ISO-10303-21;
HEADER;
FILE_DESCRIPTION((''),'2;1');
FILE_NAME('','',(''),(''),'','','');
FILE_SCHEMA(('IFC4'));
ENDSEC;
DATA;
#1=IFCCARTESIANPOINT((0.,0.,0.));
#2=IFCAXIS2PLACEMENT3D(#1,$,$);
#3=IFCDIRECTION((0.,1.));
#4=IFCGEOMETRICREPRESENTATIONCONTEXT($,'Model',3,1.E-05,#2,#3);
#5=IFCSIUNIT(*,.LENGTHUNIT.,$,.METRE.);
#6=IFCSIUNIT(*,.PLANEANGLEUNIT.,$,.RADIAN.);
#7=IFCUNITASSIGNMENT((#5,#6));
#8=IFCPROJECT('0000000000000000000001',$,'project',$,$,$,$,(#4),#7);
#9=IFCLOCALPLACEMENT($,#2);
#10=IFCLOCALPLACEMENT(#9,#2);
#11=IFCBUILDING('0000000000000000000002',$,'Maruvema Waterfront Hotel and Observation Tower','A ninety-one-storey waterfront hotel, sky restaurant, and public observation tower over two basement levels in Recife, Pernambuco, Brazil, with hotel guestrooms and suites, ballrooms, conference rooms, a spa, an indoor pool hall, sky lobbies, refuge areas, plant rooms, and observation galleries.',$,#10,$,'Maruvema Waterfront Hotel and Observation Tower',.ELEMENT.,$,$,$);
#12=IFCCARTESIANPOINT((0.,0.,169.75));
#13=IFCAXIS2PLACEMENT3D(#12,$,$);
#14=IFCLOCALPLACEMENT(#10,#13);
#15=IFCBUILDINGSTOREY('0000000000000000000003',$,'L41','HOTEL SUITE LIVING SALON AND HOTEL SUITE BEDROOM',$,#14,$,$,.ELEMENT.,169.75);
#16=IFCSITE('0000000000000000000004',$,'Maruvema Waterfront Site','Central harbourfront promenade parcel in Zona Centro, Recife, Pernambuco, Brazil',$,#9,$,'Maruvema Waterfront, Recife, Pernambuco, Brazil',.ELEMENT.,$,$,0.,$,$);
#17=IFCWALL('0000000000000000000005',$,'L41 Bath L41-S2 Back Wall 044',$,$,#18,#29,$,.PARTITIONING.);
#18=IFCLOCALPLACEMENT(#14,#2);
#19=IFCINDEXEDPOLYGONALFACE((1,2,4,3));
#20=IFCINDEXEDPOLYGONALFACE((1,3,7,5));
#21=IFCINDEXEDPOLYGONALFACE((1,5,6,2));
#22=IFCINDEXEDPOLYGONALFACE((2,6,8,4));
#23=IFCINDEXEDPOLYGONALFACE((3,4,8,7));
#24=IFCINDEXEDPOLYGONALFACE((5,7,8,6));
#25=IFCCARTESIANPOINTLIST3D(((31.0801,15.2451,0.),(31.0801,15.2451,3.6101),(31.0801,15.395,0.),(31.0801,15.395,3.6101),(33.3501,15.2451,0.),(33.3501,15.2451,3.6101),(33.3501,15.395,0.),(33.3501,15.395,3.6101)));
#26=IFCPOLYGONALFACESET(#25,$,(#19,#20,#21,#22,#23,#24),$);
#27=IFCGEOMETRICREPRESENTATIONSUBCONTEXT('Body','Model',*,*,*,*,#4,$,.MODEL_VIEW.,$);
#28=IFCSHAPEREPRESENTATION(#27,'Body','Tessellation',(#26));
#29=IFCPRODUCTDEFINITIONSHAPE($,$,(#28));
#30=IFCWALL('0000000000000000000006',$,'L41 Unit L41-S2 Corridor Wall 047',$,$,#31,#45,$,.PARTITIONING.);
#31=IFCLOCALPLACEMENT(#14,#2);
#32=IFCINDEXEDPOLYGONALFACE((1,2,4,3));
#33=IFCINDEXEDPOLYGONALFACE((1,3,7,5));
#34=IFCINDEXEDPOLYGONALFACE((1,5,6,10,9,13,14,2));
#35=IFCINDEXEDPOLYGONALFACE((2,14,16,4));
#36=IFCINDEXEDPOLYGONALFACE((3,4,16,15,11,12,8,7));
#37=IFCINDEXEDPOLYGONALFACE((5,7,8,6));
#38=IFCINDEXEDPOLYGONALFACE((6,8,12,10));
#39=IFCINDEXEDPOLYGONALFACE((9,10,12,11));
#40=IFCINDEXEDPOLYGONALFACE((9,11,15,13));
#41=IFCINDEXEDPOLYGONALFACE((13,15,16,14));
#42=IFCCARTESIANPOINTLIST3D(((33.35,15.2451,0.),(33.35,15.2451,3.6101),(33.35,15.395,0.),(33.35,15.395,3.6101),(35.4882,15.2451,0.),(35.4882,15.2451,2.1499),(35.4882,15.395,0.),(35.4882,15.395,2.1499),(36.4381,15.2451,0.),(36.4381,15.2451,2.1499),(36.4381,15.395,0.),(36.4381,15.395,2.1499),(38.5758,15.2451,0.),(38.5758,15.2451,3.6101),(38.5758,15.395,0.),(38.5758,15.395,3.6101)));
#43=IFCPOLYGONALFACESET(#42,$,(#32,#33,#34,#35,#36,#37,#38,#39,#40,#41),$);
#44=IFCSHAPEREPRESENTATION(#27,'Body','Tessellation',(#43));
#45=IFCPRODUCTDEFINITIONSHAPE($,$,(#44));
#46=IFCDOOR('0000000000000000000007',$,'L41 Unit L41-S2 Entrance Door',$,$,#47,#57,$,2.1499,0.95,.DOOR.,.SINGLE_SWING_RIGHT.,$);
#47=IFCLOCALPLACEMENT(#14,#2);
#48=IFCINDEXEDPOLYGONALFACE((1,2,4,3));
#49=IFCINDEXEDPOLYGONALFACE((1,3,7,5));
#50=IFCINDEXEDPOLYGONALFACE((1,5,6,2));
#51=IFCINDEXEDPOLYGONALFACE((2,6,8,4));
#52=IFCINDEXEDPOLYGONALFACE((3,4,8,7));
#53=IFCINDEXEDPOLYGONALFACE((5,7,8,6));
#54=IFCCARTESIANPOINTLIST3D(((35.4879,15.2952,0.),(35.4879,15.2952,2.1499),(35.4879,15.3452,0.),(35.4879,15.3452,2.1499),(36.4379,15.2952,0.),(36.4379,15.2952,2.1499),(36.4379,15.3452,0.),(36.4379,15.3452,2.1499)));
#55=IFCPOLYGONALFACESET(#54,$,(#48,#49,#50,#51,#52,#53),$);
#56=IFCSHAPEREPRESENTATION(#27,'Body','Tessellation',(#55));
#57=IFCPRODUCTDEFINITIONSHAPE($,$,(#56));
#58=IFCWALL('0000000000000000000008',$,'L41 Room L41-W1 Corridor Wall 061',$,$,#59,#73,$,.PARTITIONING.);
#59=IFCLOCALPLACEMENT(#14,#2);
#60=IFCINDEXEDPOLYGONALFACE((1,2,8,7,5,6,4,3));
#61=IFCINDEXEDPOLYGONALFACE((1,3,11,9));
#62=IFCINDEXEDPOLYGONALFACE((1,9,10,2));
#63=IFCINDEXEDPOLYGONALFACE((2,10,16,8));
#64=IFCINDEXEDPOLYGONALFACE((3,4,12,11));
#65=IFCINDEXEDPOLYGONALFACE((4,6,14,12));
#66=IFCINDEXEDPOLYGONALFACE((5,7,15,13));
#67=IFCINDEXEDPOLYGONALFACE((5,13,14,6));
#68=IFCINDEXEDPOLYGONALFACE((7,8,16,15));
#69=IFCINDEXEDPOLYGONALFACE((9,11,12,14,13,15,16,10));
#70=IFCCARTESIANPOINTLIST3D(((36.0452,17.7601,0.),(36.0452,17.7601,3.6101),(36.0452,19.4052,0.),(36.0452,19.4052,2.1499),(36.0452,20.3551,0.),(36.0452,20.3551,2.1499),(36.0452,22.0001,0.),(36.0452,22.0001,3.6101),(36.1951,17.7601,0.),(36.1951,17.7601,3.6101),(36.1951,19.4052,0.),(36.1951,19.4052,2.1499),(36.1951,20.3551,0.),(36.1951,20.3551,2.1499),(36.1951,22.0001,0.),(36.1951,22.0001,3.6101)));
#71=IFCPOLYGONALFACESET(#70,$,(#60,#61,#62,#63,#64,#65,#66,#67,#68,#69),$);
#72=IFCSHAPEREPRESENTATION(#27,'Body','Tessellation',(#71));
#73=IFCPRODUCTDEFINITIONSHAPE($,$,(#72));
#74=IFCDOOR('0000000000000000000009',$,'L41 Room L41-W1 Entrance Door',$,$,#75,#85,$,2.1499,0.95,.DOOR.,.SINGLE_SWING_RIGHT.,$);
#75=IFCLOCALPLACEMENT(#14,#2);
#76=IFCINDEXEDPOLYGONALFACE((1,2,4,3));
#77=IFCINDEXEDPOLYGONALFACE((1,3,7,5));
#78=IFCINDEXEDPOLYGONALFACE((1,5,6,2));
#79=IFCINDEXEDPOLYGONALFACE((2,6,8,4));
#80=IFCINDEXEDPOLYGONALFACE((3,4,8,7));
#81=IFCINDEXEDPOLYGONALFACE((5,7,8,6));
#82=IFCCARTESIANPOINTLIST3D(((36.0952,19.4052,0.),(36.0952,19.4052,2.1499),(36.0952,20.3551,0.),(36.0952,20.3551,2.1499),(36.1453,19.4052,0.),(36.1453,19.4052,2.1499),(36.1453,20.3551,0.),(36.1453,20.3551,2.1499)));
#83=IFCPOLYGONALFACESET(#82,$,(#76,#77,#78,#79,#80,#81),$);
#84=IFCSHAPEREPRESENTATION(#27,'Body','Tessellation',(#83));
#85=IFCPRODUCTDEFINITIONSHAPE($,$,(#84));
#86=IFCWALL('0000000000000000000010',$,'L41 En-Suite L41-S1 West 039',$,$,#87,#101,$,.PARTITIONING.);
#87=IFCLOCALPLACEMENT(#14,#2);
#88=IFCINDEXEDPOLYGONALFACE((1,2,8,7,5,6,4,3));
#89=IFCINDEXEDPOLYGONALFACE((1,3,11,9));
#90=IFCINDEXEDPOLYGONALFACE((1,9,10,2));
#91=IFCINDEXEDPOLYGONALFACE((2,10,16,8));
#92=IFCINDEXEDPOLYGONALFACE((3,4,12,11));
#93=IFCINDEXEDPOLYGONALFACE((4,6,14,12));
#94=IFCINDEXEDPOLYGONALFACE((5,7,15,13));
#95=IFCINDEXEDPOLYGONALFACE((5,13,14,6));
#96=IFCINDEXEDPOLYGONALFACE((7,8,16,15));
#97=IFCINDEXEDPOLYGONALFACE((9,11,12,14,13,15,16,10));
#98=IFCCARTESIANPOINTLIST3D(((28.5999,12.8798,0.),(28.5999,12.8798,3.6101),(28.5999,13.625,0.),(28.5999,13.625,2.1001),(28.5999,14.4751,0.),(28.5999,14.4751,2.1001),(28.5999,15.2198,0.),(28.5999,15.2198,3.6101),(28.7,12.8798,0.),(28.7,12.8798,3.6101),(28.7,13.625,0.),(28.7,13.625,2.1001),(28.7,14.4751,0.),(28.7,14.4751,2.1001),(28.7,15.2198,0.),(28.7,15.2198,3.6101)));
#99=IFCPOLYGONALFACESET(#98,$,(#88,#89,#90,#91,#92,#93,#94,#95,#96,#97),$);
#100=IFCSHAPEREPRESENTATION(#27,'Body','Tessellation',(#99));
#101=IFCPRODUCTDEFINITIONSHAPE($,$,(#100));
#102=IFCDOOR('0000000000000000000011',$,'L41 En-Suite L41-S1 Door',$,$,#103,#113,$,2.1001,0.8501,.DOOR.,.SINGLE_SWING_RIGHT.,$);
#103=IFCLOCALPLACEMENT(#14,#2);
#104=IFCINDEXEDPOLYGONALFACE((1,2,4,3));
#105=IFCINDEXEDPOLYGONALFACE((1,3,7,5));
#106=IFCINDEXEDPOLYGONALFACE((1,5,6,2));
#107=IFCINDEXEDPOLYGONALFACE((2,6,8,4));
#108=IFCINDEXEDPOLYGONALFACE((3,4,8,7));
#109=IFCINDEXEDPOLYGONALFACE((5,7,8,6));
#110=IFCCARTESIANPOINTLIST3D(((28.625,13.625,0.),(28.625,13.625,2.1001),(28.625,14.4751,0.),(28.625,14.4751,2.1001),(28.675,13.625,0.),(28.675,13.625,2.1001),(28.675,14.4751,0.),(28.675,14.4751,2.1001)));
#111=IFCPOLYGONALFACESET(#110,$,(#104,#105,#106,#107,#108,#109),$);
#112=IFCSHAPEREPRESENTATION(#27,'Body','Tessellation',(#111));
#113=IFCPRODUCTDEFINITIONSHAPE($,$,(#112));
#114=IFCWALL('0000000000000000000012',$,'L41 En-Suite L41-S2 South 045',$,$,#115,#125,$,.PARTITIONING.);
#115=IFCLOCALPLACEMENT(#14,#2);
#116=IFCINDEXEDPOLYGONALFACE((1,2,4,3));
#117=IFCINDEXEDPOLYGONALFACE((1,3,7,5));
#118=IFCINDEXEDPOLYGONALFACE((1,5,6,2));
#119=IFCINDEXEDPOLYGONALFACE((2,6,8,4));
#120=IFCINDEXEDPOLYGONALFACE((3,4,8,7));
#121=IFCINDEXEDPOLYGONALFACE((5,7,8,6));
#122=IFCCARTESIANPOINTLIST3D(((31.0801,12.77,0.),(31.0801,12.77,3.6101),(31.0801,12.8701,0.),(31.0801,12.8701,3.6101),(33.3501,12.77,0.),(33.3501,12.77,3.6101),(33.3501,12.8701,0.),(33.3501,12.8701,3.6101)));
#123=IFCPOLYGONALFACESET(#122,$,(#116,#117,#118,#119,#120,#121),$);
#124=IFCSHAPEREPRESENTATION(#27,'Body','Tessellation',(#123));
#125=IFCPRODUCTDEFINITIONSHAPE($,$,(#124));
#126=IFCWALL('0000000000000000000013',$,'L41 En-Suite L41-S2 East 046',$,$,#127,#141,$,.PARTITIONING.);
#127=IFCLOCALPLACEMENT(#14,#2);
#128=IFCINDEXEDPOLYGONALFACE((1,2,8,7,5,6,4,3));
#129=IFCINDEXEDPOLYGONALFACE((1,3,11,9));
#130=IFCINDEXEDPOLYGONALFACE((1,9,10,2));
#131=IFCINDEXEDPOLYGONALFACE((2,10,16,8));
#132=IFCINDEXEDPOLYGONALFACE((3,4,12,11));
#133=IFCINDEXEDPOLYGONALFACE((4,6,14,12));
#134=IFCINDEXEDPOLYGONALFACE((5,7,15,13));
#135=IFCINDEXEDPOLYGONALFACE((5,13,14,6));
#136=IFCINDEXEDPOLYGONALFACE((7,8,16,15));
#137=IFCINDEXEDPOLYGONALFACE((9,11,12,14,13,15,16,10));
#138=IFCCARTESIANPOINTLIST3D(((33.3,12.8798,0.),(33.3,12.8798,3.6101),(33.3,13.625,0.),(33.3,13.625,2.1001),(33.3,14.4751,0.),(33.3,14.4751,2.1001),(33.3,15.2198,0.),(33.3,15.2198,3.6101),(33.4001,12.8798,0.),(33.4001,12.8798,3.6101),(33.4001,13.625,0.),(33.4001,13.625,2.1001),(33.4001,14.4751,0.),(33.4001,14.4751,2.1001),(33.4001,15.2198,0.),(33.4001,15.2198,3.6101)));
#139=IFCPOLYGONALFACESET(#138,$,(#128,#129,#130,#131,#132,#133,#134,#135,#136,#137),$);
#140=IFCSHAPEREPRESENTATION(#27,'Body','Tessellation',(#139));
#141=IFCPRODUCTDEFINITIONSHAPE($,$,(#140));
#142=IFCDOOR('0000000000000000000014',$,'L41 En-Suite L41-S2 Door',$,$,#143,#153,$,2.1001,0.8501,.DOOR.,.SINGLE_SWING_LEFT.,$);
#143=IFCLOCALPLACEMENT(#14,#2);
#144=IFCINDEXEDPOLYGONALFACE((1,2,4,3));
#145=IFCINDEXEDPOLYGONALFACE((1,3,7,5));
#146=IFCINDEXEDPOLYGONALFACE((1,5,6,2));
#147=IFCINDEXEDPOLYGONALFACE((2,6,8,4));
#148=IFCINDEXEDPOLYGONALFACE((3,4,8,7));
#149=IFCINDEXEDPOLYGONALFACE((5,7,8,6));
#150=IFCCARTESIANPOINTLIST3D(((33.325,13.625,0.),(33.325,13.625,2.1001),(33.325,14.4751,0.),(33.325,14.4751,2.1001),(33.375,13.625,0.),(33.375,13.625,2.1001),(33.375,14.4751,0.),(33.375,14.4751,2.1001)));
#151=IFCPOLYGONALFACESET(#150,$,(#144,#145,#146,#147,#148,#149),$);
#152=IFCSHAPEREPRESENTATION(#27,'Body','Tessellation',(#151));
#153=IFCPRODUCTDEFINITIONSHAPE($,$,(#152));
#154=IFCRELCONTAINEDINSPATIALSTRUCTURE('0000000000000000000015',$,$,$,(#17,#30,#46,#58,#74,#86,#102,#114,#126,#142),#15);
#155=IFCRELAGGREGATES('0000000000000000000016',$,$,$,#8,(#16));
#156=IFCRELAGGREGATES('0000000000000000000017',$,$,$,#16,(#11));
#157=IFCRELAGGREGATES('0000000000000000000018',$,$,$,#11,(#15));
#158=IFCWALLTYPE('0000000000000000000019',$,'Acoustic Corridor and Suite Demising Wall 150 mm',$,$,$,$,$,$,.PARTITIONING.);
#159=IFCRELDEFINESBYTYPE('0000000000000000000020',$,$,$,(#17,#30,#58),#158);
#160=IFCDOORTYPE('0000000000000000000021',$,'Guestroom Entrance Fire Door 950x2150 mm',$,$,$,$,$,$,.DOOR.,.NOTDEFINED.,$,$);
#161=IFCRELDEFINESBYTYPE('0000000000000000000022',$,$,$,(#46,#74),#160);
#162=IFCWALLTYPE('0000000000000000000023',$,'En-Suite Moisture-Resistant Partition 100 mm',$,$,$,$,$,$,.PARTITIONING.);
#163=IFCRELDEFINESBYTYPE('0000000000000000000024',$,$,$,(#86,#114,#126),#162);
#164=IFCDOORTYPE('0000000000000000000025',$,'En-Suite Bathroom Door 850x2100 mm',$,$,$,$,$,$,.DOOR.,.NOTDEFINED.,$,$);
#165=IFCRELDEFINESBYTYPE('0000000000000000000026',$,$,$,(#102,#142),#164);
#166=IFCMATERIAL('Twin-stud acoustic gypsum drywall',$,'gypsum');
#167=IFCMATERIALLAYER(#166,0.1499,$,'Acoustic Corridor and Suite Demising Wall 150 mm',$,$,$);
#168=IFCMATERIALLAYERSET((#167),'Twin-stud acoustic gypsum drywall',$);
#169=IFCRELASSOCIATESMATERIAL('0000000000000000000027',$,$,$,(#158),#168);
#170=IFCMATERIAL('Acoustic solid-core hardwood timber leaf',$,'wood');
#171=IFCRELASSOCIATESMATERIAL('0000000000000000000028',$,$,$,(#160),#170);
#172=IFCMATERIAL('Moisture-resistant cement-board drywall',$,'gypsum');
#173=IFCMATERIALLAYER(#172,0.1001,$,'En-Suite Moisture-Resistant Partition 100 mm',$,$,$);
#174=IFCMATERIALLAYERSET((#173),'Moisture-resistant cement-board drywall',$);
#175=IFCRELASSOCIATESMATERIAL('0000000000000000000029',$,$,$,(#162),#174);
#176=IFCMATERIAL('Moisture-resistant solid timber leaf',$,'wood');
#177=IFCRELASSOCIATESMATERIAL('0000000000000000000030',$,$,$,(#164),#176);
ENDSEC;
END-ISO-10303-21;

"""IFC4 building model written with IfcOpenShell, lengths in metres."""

from ifc_helpers import new_model, si_unit, direction, frame, frame_2d, origin, place, context, subcontext, project, spatial, rectangle, extrude, material, layer, layer_set, type_object, element, fill, save


model = new_model("IFC4")

# Units and contexts
model_context = context("Model", 3, precision=1e-05, world=origin(), true_north=direction((0.0, 1.0)))
body_context = subcontext(model_context, "Body", "Model", "MODEL_VIEW")
ifc_project = project(units=[si_unit("LENGTHUNIT", "METRE"), si_unit("PLANEANGLEUNIT", "RADIAN")], contexts=[model_context])

# Site, building, storey
site_placement = place(None, origin())
site = spatial("IfcSite", under=ifc_project, at=site_placement, Name="Maruvema Waterfront Site", Description="Central harbourfront promenade parcel in Zona Centro, Recife, Pernambuco, Brazil", LongName="Maruvema Waterfront, Recife, Pernambuco, Brazil", CompositionType="ELEMENT", RefElevation=0.0)
building_placement = place(site_placement, origin())
building = spatial("IfcBuilding", under=site, at=building_placement, Name="Maruvema Waterfront Hotel and Observation Tower", Description="A ninety-one-storey waterfront hotel, sky restaurant, and public observation tower over two basement levels in Recife, Pernambuco, Brazil, with hotel guestrooms and suites, ballrooms, conference rooms, a spa, an indoor pool hall, sky lobbies, refuge areas, plant rooms, and observation galleries.", LongName="Maruvema Waterfront Hotel and Observation Tower", CompositionType="ELEMENT")
storey_placement = place(building_placement, frame((0.0, 0.0, 169.75)))
storey = spatial("IfcBuildingStorey", under=building, at=storey_placement, Name="L41", Description="HOTEL SUITE LIVING SALON AND HOTEL SUITE BEDROOM", CompositionType="ELEMENT", Elevation=169.75)

# Shared definitions
ifc_material_1 = material(Name="Twin-stud acoustic gypsum drywall", Category="gypsum")
ifc_layer_1 = layer(ifc_material_1, 0.1499, Name="Acoustic Corridor and Suite Demising Wall 150 mm")
ifc_layer_set_1 = layer_set([ifc_layer_1], Name="Twin-stud acoustic gypsum drywall")
wall_type_1 = type_object("IfcWallType", Name="Acoustic Corridor and Suite Demising Wall 150 mm", PredefinedType="PARTITIONING", material=ifc_layer_set_1)

# Shared definitions
ifc_material_2 = material(Name="Acoustic solid-core hardwood timber leaf", Category="wood")
door_type_1 = type_object("IfcDoorType", Name="Guestroom Entrance Fire Door 950x2150 mm", OperationType="NOTDEFINED", PredefinedType="DOOR", material=ifc_material_2)

# Wall
wall_1_placement = place(storey_placement, frame((31.0801, 15.3201, 0.0), z_axis=(0.0, 0.0, 1.0), x_axis=(1.0, 0.0, 0.0)))
element("IfcWall", 1, at=wall_1_placement, inside=storey, type_object=wall_type_1, Name="L41 Bath L41-S2 Back Wall 044", PredefinedType="PARTITIONING", context=body_context, shape_type="SweptSolid", body=[
    extrude(rectangle(XDim=2.27, YDim=0.1499, at=frame_2d((1.135, 0.0))), origin(), (0.0, 0.0, 1.0), 3.6101),
])

# Walls, openings, doors
wall_2_placement = place(storey_placement, frame((33.3501, 15.3201, 0.0), z_axis=(0.0, 0.0, 1.0), x_axis=(1.0, 0.0, 0.0)))
wall_2 = element("IfcWall", 2, at=wall_2_placement, inside=storey, type_object=wall_type_1, Name="L41 Unit L41-S2 Corridor Wall 047", PredefinedType="PARTITIONING", context=body_context, shape_type="SweptSolid", body=[
    extrude(rectangle(XDim=5.2258, YDim=0.1499, at=frame_2d((2.6128, 0.0))), origin(), (0.0, 0.0, 1.0), 3.6101),
])
opening_1_placement = place(wall_2_placement, frame((2.1379, 0.0, 0.0)))
opening_1 = element("IfcOpeningElement", 3, at=opening_1_placement, cuts=wall_2, PredefinedType="OPENING", context=body_context, shape_type="SweptSolid", body=[
    extrude(rectangle(XDim=0.95, YDim=2.1499, at=frame_2d((0.4751, 1.075))), frame((0.0, 0.085, 0.0), z_axis=(0.0, -1.0, 0.0), x_axis=(1.0, 0.0, 0.0)), (0.0, 0.0, 1.0), 0.1699),
])
door_1_placement = place(opening_1_placement, frame((0.95, 0.0, 0.0), z_axis=(0.0, 0.0, 1.0), x_axis=(-1.0, 0.0, 0.0)))
door_1 = element("IfcDoor", 4, at=door_1_placement, inside=storey, type_object=door_type_1, Name="L41 Unit L41-S2 Entrance Door", OperationType="SINGLE_SWING_RIGHT", OverallHeight=2.1499, OverallWidth=0.95, PredefinedType="DOOR", context=body_context, shape_type="SweptSolid", body=[
    extrude(rectangle(XDim=0.95, YDim=2.1499, at=frame_2d((0.4751, 1.075))), frame((0.0, 0.0249, 0.0), z_axis=(0.0, -1.0, 0.0), x_axis=(1.0, 0.0, 0.0)), (0.0, 0.0, 1.0), 0.05),
])
fill(opening_1, door_1)
wall_3_placement = place(storey_placement, frame((36.1201, 17.76, 0.0), z_axis=(0.0, 0.0, 1.0), x_axis=(0.0, 1.0, 0.0)))
wall_3 = element("IfcWall", 5, at=wall_3_placement, inside=storey, type_object=wall_type_1, Name="L41 Room L41-W1 Corridor Wall 061", PredefinedType="PARTITIONING", context=body_context, shape_type="SweptSolid", body=[
    extrude(rectangle(XDim=4.24, YDim=0.1499, at=frame_2d((2.1201, 0.0))), origin(), (0.0, 0.0, 1.0), 3.6101),
])
opening_2_placement = place(wall_3_placement, frame((1.645, 0.0, 0.0)))
opening_2 = element("IfcOpeningElement", 6, at=opening_2_placement, cuts=wall_3, PredefinedType="OPENING", context=body_context, shape_type="SweptSolid", body=[
    extrude(rectangle(XDim=0.95, YDim=2.1499, at=frame_2d((0.4751, 1.075))), frame((0.0, 0.085, 0.0), z_axis=(0.0, -1.0, 0.0), x_axis=(1.0, 0.0, 0.0)), (0.0, 0.0, 1.0), 0.1699),
])
door_2_placement = place(opening_2_placement, origin())
door_2 = element("IfcDoor", 7, at=door_2_placement, inside=storey, type_object=door_type_1, Name="L41 Room L41-W1 Entrance Door", OperationType="SINGLE_SWING_RIGHT", OverallHeight=2.1499, OverallWidth=0.95, PredefinedType="DOOR", context=body_context, shape_type="SweptSolid", body=[
    extrude(rectangle(XDim=0.95, YDim=2.1499, at=frame_2d((0.4751, 1.075))), frame((0.0, 0.0249, 0.0), z_axis=(0.0, -1.0, 0.0), x_axis=(1.0, 0.0, 0.0)), (0.0, 0.0, 1.0), 0.05),
])
fill(opening_2, door_2)
ifc_material_3 = material(Name="Moisture-resistant cement-board drywall", Category="gypsum")
ifc_layer_2 = layer(ifc_material_3, 0.1001, Name="En-Suite Moisture-Resistant Partition 100 mm")
ifc_layer_set_2 = layer_set([ifc_layer_2], Name="Moisture-resistant cement-board drywall")
wall_type_2 = type_object("IfcWallType", Name="En-Suite Moisture-Resistant Partition 100 mm", PredefinedType="PARTITIONING", material=ifc_layer_set_2)
wall_4_placement = place(storey_placement, frame((28.6499, 12.8799, 0.0), z_axis=(0.0, 0.0, 1.0), x_axis=(0.0, 1.0, 0.0)))
wall_4 = element("IfcWall", 8, at=wall_4_placement, inside=storey, type_object=wall_type_2, Name="L41 En-Suite L41-S1 West 039", PredefinedType="PARTITIONING", context=body_context, shape_type="SweptSolid", body=[
    extrude(rectangle(XDim=2.3401, YDim=0.1001, at=frame_2d((1.1699, 0.0))), origin(), (0.0, 0.0, 1.0), 3.6101),
])
opening_3_placement = place(wall_4_placement, frame((0.7451, 0.0, 0.0)))
opening_3 = element("IfcOpeningElement", 9, at=opening_3_placement, cuts=wall_4, PredefinedType="OPENING", context=body_context, shape_type="SweptSolid", body=[
    extrude(rectangle(XDim=0.8501, YDim=2.1001, at=frame_2d((0.425, 1.05))), frame((0.0, 0.0601, 0.0), z_axis=(0.0, -1.0, 0.0), x_axis=(1.0, 0.0, 0.0)), (0.0, 0.0, 1.0), 0.1201),
])
ifc_material_4 = material(Name="Moisture-resistant solid timber leaf", Category="wood")
door_type_2 = type_object("IfcDoorType", Name="En-Suite Bathroom Door 850x2100 mm", OperationType="NOTDEFINED", PredefinedType="DOOR", material=ifc_material_4)
door_3_placement = place(opening_3_placement, origin())
door_3 = element("IfcDoor", 10, at=door_3_placement, inside=storey, type_object=door_type_2, Name="L41 En-Suite L41-S1 Door", OperationType="SINGLE_SWING_RIGHT", OverallHeight=2.1001, OverallWidth=0.8501, PredefinedType="DOOR", context=body_context, shape_type="SweptSolid", body=[
    extrude(rectangle(XDim=0.8501, YDim=2.1001, at=frame_2d((0.425, 1.05))), frame((0.0, 0.0249, 0.0), z_axis=(0.0, -1.0, 0.0), x_axis=(1.0, 0.0, 0.0)), (0.0, 0.0, 1.0), 0.05),
])
fill(opening_3, door_3)

# Wall
wall_5_placement = place(storey_placement, frame((31.0801, 12.8201, 0.0), z_axis=(0.0, 0.0, 1.0), x_axis=(1.0, 0.0, 0.0)))
element("IfcWall", 11, at=wall_5_placement, inside=storey, type_object=wall_type_2, Name="L41 En-Suite L41-S2 South 045", PredefinedType="PARTITIONING", context=body_context, shape_type="SweptSolid", body=[
    extrude(rectangle(XDim=2.27, YDim=0.1001, at=frame_2d((1.135, 0.0))), origin(), (0.0, 0.0, 1.0), 3.6101),
])

# Wall, opening, door
wall_6_placement = place(storey_placement, frame((33.3501, 12.8799, 0.0), z_axis=(0.0, 0.0, 1.0), x_axis=(0.0, 1.0, 0.0)))
wall_6 = element("IfcWall", 12, at=wall_6_placement, inside=storey, type_object=wall_type_2, Name="L41 En-Suite L41-S2 East 046", PredefinedType="PARTITIONING", context=body_context, shape_type="SweptSolid", body=[
    extrude(rectangle(XDim=2.3401, YDim=0.1001, at=frame_2d((1.1699, 0.0))), origin(), (0.0, 0.0, 1.0), 3.6101),
])
opening_4_placement = place(wall_6_placement, frame((0.7451, 0.0, 0.0)))
opening_4 = element("IfcOpeningElement", 13, at=opening_4_placement, cuts=wall_6, PredefinedType="OPENING", context=body_context, shape_type="SweptSolid", body=[
    extrude(rectangle(XDim=0.8501, YDim=2.1001, at=frame_2d((0.425, 1.05))), frame((0.0, 0.0601, 0.0), z_axis=(0.0, -1.0, 0.0), x_axis=(1.0, 0.0, 0.0)), (0.0, 0.0, 1.0), 0.1201),
])
door_4_placement = place(opening_4_placement, frame((0.8501, 0.0, 0.0), z_axis=(0.0, 0.0, 1.0), x_axis=(-1.0, 0.0, 0.0)))
door_4 = element("IfcDoor", 14, at=door_4_placement, inside=storey, type_object=door_type_2, Name="L41 En-Suite L41-S2 Door", OperationType="SINGLE_SWING_LEFT", OverallHeight=2.1001, OverallWidth=0.8501, PredefinedType="DOOR", context=body_context, shape_type="SweptSolid", body=[
    extrude(rectangle(XDim=0.8501, YDim=2.1001, at=frame_2d((0.425, 1.05))), frame((0.0, 0.0249, 0.0), z_axis=(0.0, -1.0, 0.0), x_axis=(1.0, 0.0, 0.0)), (0.0, 0.0, 1.0), 0.05),
])
fill(opening_4, door_4)

save(model, "model.ifc")
